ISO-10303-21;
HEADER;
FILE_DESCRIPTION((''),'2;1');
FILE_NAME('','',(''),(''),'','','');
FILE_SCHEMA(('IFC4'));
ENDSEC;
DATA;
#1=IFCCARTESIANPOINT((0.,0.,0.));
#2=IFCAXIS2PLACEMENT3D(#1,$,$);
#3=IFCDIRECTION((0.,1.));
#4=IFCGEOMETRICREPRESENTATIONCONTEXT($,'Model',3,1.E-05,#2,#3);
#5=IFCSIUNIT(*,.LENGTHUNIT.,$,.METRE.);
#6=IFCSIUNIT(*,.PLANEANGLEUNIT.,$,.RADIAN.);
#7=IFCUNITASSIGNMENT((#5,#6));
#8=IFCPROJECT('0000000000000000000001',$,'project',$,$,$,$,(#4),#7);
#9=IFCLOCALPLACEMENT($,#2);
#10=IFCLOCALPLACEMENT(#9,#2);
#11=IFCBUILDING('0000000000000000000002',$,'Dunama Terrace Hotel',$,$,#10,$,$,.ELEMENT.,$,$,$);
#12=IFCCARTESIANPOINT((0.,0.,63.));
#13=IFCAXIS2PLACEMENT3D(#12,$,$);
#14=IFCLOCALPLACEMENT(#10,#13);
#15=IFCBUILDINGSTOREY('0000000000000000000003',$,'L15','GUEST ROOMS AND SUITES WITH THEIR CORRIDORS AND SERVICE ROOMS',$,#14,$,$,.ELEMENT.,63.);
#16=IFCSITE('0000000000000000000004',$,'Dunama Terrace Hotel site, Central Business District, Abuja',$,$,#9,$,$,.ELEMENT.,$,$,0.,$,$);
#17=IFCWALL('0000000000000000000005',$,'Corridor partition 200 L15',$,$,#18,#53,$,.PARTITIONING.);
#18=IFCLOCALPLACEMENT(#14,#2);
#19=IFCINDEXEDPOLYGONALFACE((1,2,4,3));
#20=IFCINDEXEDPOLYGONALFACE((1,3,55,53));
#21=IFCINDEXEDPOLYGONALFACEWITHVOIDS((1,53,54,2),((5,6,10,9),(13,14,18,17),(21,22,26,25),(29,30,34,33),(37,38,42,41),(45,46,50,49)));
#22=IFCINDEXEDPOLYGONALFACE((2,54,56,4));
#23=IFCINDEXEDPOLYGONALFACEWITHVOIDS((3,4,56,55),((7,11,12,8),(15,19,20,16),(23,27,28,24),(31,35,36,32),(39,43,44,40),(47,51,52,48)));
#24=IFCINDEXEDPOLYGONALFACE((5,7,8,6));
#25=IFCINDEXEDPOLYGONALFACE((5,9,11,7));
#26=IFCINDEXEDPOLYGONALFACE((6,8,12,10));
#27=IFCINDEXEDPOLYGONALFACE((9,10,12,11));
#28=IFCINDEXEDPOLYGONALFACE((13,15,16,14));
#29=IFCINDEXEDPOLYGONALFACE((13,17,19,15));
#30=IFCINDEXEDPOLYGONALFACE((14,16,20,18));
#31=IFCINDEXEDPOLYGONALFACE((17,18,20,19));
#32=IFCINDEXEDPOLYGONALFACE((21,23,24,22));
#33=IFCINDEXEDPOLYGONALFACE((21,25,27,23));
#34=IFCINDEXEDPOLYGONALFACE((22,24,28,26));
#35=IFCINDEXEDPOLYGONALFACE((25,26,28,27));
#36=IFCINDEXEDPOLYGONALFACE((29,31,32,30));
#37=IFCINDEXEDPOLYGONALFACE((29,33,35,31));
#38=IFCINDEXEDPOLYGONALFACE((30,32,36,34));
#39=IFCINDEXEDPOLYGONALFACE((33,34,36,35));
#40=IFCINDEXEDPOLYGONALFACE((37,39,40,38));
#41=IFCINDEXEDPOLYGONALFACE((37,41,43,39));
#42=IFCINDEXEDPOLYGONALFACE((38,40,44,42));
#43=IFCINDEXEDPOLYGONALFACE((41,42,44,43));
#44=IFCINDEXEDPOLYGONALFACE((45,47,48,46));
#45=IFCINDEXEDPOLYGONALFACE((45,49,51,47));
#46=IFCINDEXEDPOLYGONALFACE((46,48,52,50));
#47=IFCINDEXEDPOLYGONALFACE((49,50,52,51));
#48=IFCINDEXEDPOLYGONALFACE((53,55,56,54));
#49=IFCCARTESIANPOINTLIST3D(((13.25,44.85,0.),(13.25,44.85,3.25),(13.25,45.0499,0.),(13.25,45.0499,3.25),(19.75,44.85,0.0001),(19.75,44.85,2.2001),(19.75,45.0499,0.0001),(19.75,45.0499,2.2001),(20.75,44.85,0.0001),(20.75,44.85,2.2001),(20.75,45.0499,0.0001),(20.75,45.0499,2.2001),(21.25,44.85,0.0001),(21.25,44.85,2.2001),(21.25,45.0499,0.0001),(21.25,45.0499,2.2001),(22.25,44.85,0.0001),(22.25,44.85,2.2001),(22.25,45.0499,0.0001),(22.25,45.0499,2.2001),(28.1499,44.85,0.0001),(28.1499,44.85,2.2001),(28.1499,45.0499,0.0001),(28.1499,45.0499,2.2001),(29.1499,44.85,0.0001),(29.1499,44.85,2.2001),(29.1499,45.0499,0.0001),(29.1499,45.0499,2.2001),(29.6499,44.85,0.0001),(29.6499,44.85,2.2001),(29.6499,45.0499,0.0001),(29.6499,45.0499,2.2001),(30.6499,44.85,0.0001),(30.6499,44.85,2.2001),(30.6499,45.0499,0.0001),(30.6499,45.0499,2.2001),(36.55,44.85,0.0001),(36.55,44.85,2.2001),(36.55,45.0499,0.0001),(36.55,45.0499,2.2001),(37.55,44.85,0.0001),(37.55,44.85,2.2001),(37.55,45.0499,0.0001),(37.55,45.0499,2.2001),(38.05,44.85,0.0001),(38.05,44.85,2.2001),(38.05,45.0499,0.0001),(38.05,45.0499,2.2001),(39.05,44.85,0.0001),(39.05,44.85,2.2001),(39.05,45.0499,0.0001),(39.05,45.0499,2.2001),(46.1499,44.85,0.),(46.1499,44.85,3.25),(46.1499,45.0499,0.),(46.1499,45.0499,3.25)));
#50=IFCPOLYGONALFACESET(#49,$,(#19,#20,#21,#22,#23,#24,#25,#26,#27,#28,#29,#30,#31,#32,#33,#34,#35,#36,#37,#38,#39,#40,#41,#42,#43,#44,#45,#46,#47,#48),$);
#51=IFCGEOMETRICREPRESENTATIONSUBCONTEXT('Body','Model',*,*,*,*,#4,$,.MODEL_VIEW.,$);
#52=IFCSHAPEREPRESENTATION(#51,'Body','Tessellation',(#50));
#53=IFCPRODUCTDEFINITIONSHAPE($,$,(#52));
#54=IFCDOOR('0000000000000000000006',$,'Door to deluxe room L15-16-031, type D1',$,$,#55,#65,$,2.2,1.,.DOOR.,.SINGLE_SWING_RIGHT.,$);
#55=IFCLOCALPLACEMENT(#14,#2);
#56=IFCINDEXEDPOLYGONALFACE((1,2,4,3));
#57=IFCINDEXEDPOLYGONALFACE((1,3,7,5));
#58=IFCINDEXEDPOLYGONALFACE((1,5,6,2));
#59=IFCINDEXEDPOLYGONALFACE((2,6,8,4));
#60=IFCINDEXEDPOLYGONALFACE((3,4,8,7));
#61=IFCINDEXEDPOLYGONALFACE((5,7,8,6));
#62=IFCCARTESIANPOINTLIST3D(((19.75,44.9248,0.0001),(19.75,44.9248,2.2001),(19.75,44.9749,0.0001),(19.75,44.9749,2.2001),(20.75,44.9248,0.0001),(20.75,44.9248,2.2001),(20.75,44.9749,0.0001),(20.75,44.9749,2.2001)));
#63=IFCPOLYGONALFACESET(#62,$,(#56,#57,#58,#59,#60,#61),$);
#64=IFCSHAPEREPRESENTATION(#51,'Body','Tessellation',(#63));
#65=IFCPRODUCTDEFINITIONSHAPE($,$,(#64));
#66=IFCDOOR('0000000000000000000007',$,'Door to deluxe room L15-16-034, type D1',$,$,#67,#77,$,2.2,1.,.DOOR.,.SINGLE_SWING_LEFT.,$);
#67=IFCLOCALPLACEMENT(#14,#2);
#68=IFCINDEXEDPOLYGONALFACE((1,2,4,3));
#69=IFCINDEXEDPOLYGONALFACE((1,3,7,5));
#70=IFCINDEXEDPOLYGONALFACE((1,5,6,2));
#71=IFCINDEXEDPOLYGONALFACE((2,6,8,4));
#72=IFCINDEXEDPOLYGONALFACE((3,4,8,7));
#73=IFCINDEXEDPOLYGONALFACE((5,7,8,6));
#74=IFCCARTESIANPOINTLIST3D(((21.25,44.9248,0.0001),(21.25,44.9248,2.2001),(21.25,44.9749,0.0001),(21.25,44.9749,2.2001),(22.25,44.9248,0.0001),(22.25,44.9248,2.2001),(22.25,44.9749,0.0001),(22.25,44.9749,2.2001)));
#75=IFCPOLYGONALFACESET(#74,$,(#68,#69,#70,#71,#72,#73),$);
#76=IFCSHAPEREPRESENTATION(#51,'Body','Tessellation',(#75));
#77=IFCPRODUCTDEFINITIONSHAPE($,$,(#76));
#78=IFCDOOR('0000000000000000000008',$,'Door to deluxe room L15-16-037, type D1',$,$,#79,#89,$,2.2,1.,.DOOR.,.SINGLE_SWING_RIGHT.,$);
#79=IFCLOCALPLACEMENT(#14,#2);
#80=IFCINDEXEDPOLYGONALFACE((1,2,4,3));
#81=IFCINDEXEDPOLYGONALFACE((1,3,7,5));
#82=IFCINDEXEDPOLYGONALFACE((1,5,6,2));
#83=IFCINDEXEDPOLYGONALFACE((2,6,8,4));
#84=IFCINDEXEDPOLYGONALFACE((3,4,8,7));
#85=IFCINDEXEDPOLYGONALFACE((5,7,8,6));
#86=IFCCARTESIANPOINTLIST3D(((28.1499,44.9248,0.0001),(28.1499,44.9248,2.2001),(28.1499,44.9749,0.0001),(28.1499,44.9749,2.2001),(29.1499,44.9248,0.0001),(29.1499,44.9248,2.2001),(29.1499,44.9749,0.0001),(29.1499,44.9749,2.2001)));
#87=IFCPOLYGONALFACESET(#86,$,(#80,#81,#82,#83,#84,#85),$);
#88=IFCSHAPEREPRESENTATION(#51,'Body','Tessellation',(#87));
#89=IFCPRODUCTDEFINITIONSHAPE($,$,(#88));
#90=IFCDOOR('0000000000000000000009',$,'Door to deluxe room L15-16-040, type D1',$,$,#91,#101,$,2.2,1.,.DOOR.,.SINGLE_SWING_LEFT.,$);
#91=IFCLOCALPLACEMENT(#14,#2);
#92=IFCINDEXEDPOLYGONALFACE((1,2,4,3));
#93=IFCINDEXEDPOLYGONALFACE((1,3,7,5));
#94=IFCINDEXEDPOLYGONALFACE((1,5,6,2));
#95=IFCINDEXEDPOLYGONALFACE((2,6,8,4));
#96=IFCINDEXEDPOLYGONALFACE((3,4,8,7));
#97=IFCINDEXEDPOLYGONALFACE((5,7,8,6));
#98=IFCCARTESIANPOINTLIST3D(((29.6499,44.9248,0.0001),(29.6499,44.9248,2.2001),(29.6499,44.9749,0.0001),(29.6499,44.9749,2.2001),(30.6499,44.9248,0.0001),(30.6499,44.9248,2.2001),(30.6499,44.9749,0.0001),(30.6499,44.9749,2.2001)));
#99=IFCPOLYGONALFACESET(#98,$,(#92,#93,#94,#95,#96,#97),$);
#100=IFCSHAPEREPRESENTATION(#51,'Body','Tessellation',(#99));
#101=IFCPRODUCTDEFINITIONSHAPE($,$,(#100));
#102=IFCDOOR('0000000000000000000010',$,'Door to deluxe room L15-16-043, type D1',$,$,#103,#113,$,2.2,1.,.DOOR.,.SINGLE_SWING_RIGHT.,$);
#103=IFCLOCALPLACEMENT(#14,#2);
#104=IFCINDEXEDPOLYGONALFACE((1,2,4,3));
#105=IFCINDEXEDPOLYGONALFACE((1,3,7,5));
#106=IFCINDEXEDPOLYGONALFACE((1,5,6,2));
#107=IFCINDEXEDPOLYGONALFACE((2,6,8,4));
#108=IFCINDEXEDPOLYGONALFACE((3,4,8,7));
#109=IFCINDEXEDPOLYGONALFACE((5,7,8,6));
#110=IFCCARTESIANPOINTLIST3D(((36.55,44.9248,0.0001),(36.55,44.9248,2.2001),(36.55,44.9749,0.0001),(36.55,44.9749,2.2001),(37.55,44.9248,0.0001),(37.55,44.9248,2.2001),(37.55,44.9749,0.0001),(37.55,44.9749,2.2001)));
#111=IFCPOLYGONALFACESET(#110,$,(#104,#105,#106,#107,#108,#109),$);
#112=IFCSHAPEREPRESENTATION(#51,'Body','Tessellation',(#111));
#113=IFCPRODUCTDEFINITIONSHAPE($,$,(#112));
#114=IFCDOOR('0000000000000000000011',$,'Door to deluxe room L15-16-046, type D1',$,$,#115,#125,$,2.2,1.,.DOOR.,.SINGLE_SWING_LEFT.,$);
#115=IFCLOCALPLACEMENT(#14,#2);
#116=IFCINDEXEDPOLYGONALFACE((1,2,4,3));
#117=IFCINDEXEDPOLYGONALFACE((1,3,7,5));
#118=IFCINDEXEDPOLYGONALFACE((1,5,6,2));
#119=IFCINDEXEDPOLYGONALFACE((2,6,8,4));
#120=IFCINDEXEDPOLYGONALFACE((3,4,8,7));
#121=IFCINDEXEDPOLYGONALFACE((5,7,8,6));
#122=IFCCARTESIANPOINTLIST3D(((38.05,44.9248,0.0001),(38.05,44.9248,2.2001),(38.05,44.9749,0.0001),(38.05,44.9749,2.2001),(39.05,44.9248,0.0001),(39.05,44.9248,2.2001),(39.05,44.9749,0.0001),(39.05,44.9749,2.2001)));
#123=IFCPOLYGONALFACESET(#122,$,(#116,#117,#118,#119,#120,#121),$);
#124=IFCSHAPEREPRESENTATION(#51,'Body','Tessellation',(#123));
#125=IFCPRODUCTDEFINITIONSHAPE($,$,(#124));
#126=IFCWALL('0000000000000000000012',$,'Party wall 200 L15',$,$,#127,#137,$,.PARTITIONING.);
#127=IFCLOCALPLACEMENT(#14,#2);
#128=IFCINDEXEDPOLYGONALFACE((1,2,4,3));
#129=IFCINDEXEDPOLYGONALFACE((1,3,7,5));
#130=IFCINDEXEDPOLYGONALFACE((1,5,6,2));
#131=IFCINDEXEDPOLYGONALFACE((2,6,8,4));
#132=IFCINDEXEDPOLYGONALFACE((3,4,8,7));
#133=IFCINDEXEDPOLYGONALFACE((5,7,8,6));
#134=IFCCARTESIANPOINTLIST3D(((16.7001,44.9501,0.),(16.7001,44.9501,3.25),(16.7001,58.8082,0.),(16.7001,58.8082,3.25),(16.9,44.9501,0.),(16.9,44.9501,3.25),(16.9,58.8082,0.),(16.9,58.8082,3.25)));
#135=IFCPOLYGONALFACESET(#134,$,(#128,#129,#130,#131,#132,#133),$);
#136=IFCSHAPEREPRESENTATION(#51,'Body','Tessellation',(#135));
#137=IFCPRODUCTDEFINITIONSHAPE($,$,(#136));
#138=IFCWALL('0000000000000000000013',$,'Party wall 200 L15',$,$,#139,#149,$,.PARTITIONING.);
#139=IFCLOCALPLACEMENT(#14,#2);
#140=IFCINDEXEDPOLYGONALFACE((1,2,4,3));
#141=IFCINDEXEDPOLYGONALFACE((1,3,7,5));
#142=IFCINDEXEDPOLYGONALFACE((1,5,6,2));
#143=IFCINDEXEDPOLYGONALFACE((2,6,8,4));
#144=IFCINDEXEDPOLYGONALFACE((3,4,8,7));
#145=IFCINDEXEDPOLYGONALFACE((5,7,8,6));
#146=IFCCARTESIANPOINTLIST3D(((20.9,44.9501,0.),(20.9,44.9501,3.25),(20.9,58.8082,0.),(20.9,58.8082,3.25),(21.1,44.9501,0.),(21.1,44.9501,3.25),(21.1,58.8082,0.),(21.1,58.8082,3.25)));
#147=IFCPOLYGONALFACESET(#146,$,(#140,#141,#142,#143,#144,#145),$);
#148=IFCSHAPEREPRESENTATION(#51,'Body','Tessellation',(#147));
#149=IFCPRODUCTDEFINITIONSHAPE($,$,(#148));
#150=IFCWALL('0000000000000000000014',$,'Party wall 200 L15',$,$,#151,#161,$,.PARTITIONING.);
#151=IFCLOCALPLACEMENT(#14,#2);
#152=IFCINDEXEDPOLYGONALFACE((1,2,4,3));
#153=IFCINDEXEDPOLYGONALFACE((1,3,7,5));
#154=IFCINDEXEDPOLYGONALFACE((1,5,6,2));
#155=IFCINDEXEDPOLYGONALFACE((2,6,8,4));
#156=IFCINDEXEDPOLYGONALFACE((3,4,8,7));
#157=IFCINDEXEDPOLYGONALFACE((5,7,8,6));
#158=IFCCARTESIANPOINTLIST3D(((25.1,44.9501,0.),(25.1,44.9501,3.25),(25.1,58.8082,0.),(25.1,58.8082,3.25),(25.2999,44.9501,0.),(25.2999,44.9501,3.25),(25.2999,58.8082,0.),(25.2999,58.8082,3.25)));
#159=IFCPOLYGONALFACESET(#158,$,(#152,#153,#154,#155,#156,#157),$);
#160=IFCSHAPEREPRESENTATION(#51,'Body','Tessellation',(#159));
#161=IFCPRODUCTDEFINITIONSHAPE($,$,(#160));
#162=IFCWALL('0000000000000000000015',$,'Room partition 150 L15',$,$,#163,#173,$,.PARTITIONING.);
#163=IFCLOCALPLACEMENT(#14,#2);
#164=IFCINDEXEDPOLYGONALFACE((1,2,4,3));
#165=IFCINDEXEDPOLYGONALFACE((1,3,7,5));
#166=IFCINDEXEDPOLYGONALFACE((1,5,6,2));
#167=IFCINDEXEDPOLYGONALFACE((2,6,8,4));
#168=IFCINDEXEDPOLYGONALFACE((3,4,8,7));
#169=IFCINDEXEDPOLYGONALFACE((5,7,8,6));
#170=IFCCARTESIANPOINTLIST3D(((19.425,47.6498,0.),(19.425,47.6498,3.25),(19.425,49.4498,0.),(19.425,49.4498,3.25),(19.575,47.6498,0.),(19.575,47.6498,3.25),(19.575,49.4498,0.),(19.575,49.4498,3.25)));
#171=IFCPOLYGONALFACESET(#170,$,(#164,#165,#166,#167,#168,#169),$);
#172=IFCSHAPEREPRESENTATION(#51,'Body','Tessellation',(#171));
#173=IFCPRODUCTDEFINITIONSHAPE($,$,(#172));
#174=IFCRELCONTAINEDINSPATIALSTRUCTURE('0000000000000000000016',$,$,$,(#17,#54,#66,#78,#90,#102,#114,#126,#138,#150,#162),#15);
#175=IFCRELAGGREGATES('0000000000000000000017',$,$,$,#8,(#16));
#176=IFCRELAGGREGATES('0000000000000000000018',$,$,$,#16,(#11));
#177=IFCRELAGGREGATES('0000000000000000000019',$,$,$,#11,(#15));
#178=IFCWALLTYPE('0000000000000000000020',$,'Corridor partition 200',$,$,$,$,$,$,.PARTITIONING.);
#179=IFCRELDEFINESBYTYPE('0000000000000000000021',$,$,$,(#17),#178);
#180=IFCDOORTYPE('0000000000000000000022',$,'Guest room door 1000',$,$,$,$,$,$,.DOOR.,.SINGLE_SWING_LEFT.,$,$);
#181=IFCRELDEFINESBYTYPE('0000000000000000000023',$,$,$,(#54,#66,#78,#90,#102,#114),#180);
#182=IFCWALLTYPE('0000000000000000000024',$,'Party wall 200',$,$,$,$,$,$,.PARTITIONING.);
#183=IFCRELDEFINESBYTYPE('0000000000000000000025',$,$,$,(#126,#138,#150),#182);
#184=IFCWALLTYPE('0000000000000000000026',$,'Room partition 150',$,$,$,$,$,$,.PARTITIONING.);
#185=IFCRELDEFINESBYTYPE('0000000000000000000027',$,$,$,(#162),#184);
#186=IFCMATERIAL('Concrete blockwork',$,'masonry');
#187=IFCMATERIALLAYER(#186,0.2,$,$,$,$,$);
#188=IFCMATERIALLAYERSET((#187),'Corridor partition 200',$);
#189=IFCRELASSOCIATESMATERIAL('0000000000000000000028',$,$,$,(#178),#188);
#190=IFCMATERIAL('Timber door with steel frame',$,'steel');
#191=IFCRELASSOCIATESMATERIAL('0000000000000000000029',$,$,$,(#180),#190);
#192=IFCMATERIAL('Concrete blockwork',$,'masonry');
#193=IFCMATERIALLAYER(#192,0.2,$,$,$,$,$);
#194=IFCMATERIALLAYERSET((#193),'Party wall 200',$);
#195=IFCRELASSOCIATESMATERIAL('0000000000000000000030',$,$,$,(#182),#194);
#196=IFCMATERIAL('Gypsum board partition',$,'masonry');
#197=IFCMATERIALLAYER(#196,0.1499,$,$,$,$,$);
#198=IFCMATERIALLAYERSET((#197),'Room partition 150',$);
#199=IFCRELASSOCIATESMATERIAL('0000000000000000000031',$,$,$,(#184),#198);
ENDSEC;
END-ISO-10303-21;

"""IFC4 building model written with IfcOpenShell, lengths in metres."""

from ifc_helpers import new_model, si_unit, direction, frame, frame_2d, origin, place, context, subcontext, project, spatial, rectangle, extrude, material, layer, layer_set, type_object, element, fill, save


model = new_model("IFC4")

# Units and contexts
model_context = context("Model", 3, precision=1e-05, world=origin(), true_north=direction((0.0, 1.0)))
body_context = subcontext(model_context, "Body", "Model", "MODEL_VIEW")
ifc_project = project(units=[si_unit("LENGTHUNIT", "METRE"), si_unit("PLANEANGLEUNIT", "RADIAN")], contexts=[model_context])

# Site, building, storey
site_placement = place(None, origin())
site = spatial("IfcSite", under=ifc_project, at=site_placement, Name="Dunama Terrace Hotel site, Central Business District, Abuja", CompositionType="ELEMENT", RefElevation=0.0)
building_placement = place(site_placement, origin())
building = spatial("IfcBuilding", under=site, at=building_placement, Name="Dunama Terrace Hotel", CompositionType="ELEMENT")
storey_placement = place(building_placement, frame((0.0, 0.0, 63.0)))
storey = spatial("IfcBuildingStorey", under=building, at=storey_placement, Name="L15", Description="GUEST ROOMS AND SUITES WITH THEIR CORRIDORS AND SERVICE ROOMS", CompositionType="ELEMENT", Elevation=63.0)

# Wall, openings, doors
ifc_material_1 = material(Name="Concrete blockwork", Category="masonry")
ifc_layer_1 = layer(ifc_material_1, 0.2)
ifc_layer_set_1 = layer_set([ifc_layer_1], Name="Corridor partition 200")
wall_type_1 = type_object("IfcWallType", Name="Corridor partition 200", PredefinedType="PARTITIONING", material=ifc_layer_set_1)
wall_1_placement = place(storey_placement, frame((13.25, 44.95, 0.0), z_axis=(0.0, 0.0, 1.0), x_axis=(1.0, 0.0, 0.0)))
wall_1 = element("IfcWall", 1, at=wall_1_placement, inside=storey, type_object=wall_type_1, Name="Corridor partition 200 L15", PredefinedType="PARTITIONING", context=body_context, shape_type="SweptSolid", body=[
    extrude(rectangle(XDim=32.8999, YDim=0.2, at=frame_2d((16.45, 0.0))), origin(), (0.0, 0.0, 1.0), 3.25),
])
opening_1_placement = place(wall_1_placement, frame((6.5, 0.0, 0.0)))
opening_1 = element("IfcOpeningElement", 2, at=opening_1_placement, cuts=wall_1, PredefinedType="OPENING", context=body_context, shape_type="SweptSolid", body=[
    extrude(rectangle(XDim=1.0, YDim=2.2, at=frame_2d((0.5, 1.1001))), frame((0.0, 0.1099, 0.0), z_axis=(0.0, -1.0, 0.0), x_axis=(1.0, 0.0, 0.0)), (0.0, 0.0, 1.0), 0.22),
])
opening_2_placement = place(wall_1_placement, frame((8.0, 0.0, 0.0)))
opening_2 = element("IfcOpeningElement", 3, at=opening_2_placement, cuts=wall_1, PredefinedType="OPENING", context=body_context, shape_type="SweptSolid", body=[
    extrude(rectangle(XDim=1.0, YDim=2.2, at=frame_2d((0.5, 1.1001))), frame((0.0, 0.1099, 0.0), z_axis=(0.0, -1.0, 0.0), x_axis=(1.0, 0.0, 0.0)), (0.0, 0.0, 1.0), 0.22),
])
opening_3_placement = place(wall_1_placement, frame((14.8999, 0.0, 0.0)))
opening_3 = element("IfcOpeningElement", 4, at=opening_3_placement, cuts=wall_1, PredefinedType="OPENING", context=body_context, shape_type="SweptSolid", body=[
    extrude(rectangle(XDim=1.0, YDim=2.2, at=frame_2d((0.5, 1.1001))), frame((0.0, 0.1099, 0.0), z_axis=(0.0, -1.0, 0.0), x_axis=(1.0, 0.0, 0.0)), (0.0, 0.0, 1.0), 0.22),
])
opening_4_placement = place(wall_1_placement, frame((16.3999, 0.0, 0.0)))
opening_4 = element("IfcOpeningElement", 5, at=opening_4_placement, cuts=wall_1, PredefinedType="OPENING", context=body_context, shape_type="SweptSolid", body=[
    extrude(rectangle(XDim=1.0, YDim=2.2, at=frame_2d((0.5, 1.1001))), frame((0.0, 0.1099, 0.0), z_axis=(0.0, -1.0, 0.0), x_axis=(1.0, 0.0, 0.0)), (0.0, 0.0, 1.0), 0.22),
])
opening_5_placement = place(wall_1_placement, frame((23.3, 0.0, 0.0)))
opening_5 = element("IfcOpeningElement", 6, at=opening_5_placement, cuts=wall_1, PredefinedType="OPENING", context=body_context, shape_type="SweptSolid", body=[
    extrude(rectangle(XDim=1.0, YDim=2.2, at=frame_2d((0.5, 1.1001))), frame((0.0, 0.1099, 0.0), z_axis=(0.0, -1.0, 0.0), x_axis=(1.0, 0.0, 0.0)), (0.0, 0.0, 1.0), 0.22),
])
opening_6_placement = place(wall_1_placement, frame((24.8, 0.0, 0.0)))
opening_6 = element("IfcOpeningElement", 7, at=opening_6_placement, cuts=wall_1, PredefinedType="OPENING", context=body_context, shape_type="SweptSolid", body=[
    extrude(rectangle(XDim=1.0, YDim=2.2, at=frame_2d((0.5, 1.1001))), frame((0.0, 0.1099, 0.0), z_axis=(0.0, -1.0, 0.0), x_axis=(1.0, 0.0, 0.0)), (0.0, 0.0, 1.0), 0.22),
])
ifc_material_2 = material(Name="Timber door with steel frame", Category="steel")
door_type_1 = type_object("IfcDoorType", Name="Guest room door 1000", OperationType="SINGLE_SWING_LEFT", PredefinedType="DOOR", material=ifc_material_2)
door_1_placement = place(opening_1_placement, origin())
door_1 = element("IfcDoor", 8, at=door_1_placement, inside=storey, type_object=door_type_1, Name="Door to deluxe room L15-16-031, type D1", OperationType="SINGLE_SWING_RIGHT", OverallHeight=2.2, OverallWidth=1.0, PredefinedType="DOOR", context=body_context, shape_type="SweptSolid", body=[
    extrude(rectangle(XDim=1.0, YDim=2.2, at=frame_2d((0.5, 1.1001))), frame((0.0, 0.0249, 0.0), z_axis=(0.0, -1.0, 0.0), x_axis=(1.0, 0.0, 0.0)), (0.0, 0.0, 1.0), 0.05),
])
fill(opening_1, door_1)
door_2_placement = place(opening_2_placement, origin())
door_2 = element("IfcDoor", 9, at=door_2_placement, inside=storey, type_object=door_type_1, Name="Door to deluxe room L15-16-034, type D1", OperationType="SINGLE_SWING_LEFT", OverallHeight=2.2, OverallWidth=1.0, PredefinedType="DOOR", context=body_context, shape_type="SweptSolid", body=[
    extrude(rectangle(XDim=1.0, YDim=2.2, at=frame_2d((0.5, 1.1001))), frame((0.0, 0.0249, 0.0), z_axis=(0.0, -1.0, 0.0), x_axis=(1.0, 0.0, 0.0)), (0.0, 0.0, 1.0), 0.05),
])
fill(opening_2, door_2)
door_3_placement = place(opening_3_placement, origin())
door_3 = element("IfcDoor", 10, at=door_3_placement, inside=storey, type_object=door_type_1, Name="Door to deluxe room L15-16-037, type D1", OperationType="SINGLE_SWING_RIGHT", OverallHeight=2.2, OverallWidth=1.0, PredefinedType="DOOR", context=body_context, shape_type="SweptSolid", body=[
    extrude(rectangle(XDim=1.0, YDim=2.2, at=frame_2d((0.5, 1.1001))), frame((0.0, 0.0249, 0.0), z_axis=(0.0, -1.0, 0.0), x_axis=(1.0, 0.0, 0.0)), (0.0, 0.0, 1.0), 0.05),
])
fill(opening_3, door_3)
door_4_placement = place(opening_4_placement, origin())
door_4 = element("IfcDoor", 11, at=door_4_placement, inside=storey, type_object=door_type_1, Name="Door to deluxe room L15-16-040, type D1", OperationType="SINGLE_SWING_LEFT", OverallHeight=2.2, OverallWidth=1.0, PredefinedType="DOOR", context=body_context, shape_type="SweptSolid", body=[
    extrude(rectangle(XDim=1.0, YDim=2.2, at=frame_2d((0.5, 1.1001))), frame((0.0, 0.0249, 0.0), z_axis=(0.0, -1.0, 0.0), x_axis=(1.0, 0.0, 0.0)), (0.0, 0.0, 1.0), 0.05),
])
fill(opening_4, door_4)
door_5_placement = place(opening_5_placement, origin())
door_5 = element("IfcDoor", 12, at=door_5_placement, inside=storey, type_object=door_type_1, Name="Door to deluxe room L15-16-043, type D1", OperationType="SINGLE_SWING_RIGHT", OverallHeight=2.2, OverallWidth=1.0, PredefinedType="DOOR", context=body_context, shape_type="SweptSolid", body=[
    extrude(rectangle(XDim=1.0, YDim=2.2, at=frame_2d((0.5, 1.1001))), frame((0.0, 0.0249, 0.0), z_axis=(0.0, -1.0, 0.0), x_axis=(1.0, 0.0, 0.0)), (0.0, 0.0, 1.0), 0.05),
])
fill(opening_5, door_5)
door_6_placement = place(opening_6_placement, origin())
door_6 = element("IfcDoor", 13, at=door_6_placement, inside=storey, type_object=door_type_1, Name="Door to deluxe room L15-16-046, type D1", OperationType="SINGLE_SWING_LEFT", OverallHeight=2.2, OverallWidth=1.0, PredefinedType="DOOR", context=body_context, shape_type="SweptSolid", body=[
    extrude(rectangle(XDim=1.0, YDim=2.2, at=frame_2d((0.5, 1.1001))), frame((0.0, 0.0249, 0.0), z_axis=(0.0, -1.0, 0.0), x_axis=(1.0, 0.0, 0.0)), (0.0, 0.0, 1.0), 0.05),
])
fill(opening_6, door_6)

# Walls
ifc_material_3 = material(Name="Concrete blockwork", Category="masonry")
ifc_layer_2 = layer(ifc_material_3, 0.2)
ifc_layer_set_2 = layer_set([ifc_layer_2], Name="Party wall 200")
wall_type_2 = type_object("IfcWallType", Name="Party wall 200", PredefinedType="PARTITIONING", material=ifc_layer_set_2)
for number, where, z_axis, x_axis, name in (
    (14, (16.8, 44.95, 0.0), (0.0, 0.0, 1.0), (0.0, 1.0, 0.0), "Party wall 200 L15"),
    (15, (21.0, 44.95, 0.0), (0.0, 0.0, 1.0), (0.0, 1.0, 0.0), "Party wall 200 L15"),
    (16, (25.2, 44.95, 0.0), (0.0, 0.0, 1.0), (0.0, 1.0, 0.0), "Party wall 200 L15"),
):
    element("IfcWall", number, at=place(storey_placement, frame(where, z_axis=z_axis, x_axis=x_axis)), inside=storey, type_object=wall_type_2, Name=name, PredefinedType="PARTITIONING", context=body_context, shape_type="SweptSolid", body=[
        extrude(rectangle(XDim=13.8582, YDim=0.2, at=frame_2d((6.9292, 0.0))), origin(), (0.0, 0.0, 1.0), 3.25),
    ])
ifc_material_4 = material(Name="Gypsum board partition", Category="masonry")
ifc_layer_3 = layer(ifc_material_4, 0.1499)
ifc_layer_set_3 = layer_set([ifc_layer_3], Name="Room partition 150")
wall_type_3 = type_object("IfcWallType", Name="Room partition 150", PredefinedType="PARTITIONING", material=ifc_layer_set_3)
for number, where, z_axis, x_axis, name in (
    (17, (19.5, 47.6499, 0.0), (0.0, 0.0, 1.0), (0.0, 1.0, 0.0), "Room partition 150 L15"),
):
    element("IfcWall", number, at=place(storey_placement, frame(where, z_axis=z_axis, x_axis=x_axis)), inside=storey, type_object=wall_type_3, Name=name, PredefinedType="PARTITIONING", context=body_context, shape_type="SweptSolid", body=[
        extrude(rectangle(XDim=1.8, YDim=0.1499, at=frame_2d((0.8999, 0.0))), origin(), (0.0, 0.0, 1.0), 3.25),
    ])

save(model, "model.ifc")
